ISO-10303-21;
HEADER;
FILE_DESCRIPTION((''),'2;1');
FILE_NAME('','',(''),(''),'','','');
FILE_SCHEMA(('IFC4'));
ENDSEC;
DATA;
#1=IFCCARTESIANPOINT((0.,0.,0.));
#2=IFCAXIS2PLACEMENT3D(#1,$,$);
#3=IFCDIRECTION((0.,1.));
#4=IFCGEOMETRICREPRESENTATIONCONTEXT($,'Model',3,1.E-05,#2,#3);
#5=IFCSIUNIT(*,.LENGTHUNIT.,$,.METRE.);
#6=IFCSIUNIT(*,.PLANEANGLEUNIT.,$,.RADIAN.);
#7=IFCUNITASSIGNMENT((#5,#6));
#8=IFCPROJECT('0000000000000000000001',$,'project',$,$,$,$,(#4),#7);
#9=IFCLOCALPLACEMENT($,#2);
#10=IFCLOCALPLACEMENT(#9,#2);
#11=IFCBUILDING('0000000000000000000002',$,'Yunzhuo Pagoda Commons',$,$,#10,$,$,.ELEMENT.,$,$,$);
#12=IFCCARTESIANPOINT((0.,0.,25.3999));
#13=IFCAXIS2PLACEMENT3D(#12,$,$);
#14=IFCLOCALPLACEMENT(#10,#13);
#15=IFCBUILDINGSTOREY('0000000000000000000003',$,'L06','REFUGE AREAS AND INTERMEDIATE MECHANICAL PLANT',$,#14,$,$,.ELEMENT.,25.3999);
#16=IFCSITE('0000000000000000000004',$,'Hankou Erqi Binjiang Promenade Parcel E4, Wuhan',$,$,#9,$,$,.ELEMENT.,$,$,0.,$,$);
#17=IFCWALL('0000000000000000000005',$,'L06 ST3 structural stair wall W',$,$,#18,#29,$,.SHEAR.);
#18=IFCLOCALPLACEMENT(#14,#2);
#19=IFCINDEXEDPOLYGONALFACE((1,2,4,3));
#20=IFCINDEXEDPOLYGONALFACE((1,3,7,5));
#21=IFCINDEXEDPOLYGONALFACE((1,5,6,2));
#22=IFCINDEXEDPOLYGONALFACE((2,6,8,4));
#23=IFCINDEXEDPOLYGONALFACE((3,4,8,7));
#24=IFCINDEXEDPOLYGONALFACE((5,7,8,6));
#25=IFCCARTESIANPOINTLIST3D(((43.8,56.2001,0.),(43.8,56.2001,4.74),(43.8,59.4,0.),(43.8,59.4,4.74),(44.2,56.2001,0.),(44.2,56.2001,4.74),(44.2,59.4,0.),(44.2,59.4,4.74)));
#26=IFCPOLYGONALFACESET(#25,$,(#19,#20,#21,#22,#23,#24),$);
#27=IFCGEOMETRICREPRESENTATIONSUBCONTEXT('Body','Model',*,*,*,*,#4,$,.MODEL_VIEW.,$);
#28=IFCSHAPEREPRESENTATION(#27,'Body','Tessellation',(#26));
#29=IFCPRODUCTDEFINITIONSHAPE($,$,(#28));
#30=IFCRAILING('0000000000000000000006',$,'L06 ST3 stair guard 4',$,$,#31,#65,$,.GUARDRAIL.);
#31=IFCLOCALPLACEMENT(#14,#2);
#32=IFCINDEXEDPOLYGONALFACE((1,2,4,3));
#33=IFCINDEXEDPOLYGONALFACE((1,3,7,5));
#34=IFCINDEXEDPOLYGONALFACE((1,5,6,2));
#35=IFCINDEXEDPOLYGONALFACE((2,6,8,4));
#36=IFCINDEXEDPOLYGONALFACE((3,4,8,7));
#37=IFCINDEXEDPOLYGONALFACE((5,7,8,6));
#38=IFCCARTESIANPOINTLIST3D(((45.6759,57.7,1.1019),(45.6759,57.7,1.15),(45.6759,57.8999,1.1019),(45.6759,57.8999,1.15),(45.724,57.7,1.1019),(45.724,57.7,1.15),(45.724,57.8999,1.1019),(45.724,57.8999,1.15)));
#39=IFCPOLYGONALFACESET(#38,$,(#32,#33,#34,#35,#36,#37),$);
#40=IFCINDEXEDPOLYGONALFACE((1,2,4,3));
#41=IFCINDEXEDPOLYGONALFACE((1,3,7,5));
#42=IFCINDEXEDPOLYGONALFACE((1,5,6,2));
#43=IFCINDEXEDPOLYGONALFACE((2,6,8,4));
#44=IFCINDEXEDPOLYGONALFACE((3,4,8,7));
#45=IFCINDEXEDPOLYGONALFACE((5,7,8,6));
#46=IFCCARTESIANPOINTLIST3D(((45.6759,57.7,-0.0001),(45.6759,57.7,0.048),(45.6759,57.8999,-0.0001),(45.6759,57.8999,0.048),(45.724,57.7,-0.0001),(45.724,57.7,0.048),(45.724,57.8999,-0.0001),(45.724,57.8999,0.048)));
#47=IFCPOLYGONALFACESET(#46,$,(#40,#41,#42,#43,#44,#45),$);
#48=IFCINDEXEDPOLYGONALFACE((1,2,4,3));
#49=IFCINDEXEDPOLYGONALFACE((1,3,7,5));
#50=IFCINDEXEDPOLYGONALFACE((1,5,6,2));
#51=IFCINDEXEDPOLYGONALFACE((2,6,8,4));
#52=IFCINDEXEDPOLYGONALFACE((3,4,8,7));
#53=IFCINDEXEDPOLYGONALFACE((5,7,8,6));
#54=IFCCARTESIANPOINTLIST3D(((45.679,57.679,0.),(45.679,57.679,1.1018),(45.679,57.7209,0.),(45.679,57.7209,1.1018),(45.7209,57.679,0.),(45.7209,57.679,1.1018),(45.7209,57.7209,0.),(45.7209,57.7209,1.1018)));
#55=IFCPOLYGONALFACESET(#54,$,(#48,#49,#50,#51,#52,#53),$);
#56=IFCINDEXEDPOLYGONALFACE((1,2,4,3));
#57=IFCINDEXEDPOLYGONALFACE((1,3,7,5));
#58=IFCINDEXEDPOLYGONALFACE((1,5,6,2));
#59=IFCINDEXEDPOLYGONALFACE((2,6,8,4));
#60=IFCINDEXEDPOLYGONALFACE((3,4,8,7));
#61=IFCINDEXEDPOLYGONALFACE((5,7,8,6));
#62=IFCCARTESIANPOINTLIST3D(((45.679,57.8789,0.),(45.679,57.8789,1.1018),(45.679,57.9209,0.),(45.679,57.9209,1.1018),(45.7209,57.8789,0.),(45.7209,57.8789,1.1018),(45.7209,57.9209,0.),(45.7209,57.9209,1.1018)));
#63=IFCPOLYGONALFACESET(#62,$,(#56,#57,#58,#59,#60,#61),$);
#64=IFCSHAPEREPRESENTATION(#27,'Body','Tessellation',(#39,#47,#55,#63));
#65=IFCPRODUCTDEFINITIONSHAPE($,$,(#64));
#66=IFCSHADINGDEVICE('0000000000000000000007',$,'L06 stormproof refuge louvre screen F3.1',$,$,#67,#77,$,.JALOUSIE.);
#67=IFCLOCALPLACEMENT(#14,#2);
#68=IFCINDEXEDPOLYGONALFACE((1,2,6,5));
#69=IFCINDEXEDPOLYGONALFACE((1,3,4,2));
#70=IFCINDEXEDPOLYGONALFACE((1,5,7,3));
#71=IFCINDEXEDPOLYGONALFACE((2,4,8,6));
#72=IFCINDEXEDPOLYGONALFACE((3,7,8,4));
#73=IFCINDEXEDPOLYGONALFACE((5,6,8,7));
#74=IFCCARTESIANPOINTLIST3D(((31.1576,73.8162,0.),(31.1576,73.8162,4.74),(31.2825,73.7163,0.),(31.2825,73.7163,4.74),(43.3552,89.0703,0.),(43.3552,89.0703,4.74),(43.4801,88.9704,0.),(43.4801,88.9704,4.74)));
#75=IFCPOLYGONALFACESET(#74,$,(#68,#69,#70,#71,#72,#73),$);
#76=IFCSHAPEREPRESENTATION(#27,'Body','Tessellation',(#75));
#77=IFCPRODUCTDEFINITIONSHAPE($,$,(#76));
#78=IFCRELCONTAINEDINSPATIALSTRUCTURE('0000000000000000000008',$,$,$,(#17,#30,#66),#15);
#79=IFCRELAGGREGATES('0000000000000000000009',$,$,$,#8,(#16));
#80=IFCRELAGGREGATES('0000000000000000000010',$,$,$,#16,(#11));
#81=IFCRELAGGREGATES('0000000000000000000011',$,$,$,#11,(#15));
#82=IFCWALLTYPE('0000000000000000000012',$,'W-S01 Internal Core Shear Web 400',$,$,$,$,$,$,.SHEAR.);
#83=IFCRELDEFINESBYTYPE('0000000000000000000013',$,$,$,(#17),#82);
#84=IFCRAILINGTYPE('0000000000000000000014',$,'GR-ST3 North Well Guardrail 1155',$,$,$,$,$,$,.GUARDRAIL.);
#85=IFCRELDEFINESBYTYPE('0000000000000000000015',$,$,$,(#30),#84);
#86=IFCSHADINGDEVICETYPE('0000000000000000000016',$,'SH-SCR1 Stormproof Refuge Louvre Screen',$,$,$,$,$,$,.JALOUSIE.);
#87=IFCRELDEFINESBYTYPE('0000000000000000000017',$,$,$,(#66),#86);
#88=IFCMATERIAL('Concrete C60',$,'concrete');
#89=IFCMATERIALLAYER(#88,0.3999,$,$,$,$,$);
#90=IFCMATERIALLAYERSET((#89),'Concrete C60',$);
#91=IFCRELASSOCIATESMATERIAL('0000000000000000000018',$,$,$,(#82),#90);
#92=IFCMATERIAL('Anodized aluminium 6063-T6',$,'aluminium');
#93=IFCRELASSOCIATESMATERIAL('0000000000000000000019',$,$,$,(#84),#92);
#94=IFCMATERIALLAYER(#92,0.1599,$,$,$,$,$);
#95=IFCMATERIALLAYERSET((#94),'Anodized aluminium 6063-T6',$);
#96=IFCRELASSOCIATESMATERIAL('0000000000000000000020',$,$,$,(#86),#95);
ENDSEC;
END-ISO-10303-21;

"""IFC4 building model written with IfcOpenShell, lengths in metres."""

from ifc_helpers import new_model, si_unit, direction, frame, frame_2d, origin, origin_2d, place, context, subcontext, project, spatial, rectangle, extrude, source, transform, mapped, material, layer, layer_set, type_object, element, save


model = new_model("IFC4")

# Units and contexts
model_context = context("Model", 3, precision=1e-05, world=origin(), true_north=direction((0.0, 1.0)))
body_context = subcontext(model_context, "Body", "Model", "MODEL_VIEW")
ifc_project = project(units=[si_unit("LENGTHUNIT", "METRE"), si_unit("PLANEANGLEUNIT", "RADIAN")], contexts=[model_context])

# Site, building, storey
site_placement = place(None, origin())
site = spatial("IfcSite", under=ifc_project, at=site_placement, Name="Hankou Erqi Binjiang Promenade Parcel E4, Wuhan", CompositionType="ELEMENT", RefElevation=0.0)
building_placement = place(site_placement, origin())
building = spatial("IfcBuilding", under=site, at=building_placement, Name="Yunzhuo Pagoda Commons", CompositionType="ELEMENT")
storey_placement = place(building_placement, frame((0.0, 0.0, 25.3999)))
storey = spatial("IfcBuildingStorey", under=building, at=storey_placement, Name="L06", Description="REFUGE AREAS AND INTERMEDIATE MECHANICAL PLANT", CompositionType="ELEMENT", Elevation=25.3999)

# Shared definitions
ifc_material_1 = material(Name="Concrete C60", Category="concrete")
ifc_layer_1 = layer(ifc_material_1, 0.3999)
ifc_layer_set_1 = layer_set([ifc_layer_1], Name="Concrete C60")
wall_type_1 = type_object("IfcWallType", Name="W-S01 Internal Core Shear Web 400", PredefinedType="SHEAR", material=ifc_layer_set_1)

# Wall
wall_1_placement = place(storey_placement, frame((44.0, 56.2, 0.0), z_axis=(0.0, 0.0, 1.0), x_axis=(0.0, 1.0, 0.0)))
element("IfcWall", 1, at=wall_1_placement, inside=storey, type_object=wall_type_1, Name="L06 ST3 structural stair wall W", PredefinedType="SHEAR", context=body_context, shape_type="SweptSolid", body=[
    extrude(rectangle(XDim=3.2, YDim=0.3999, at=frame_2d((1.6001, 0.0))), origin(), (0.0, 0.0, 1.0), 4.74),
])

# Railing
ifc_material_2 = material(Name="Anodized aluminium 6063-T6", Category="aluminium")
railing_type = type_object("IfcRailingType", Name="GR-ST3 North Well Guardrail 1155", PredefinedType="GUARDRAIL", material=ifc_material_2)
railing_placement = place(storey_placement, frame((45.7, 57.7, 0.0)))
element("IfcRailing", 2, at=railing_placement, inside=storey, type_object=railing_type, Name="L06 ST3 stair guard 4", PredefinedType="GUARDRAIL", context=body_context, shape_type="SweptSolid", body=[
    extrude(rectangle(XDim=0.0481, YDim=0.0481, at=origin_2d()), frame((0.0, 0.0, 1.126), z_axis=(0.0, 1.0, 0.0), x_axis=(-1.0, 0.0, 0.0)), (0.0, 0.0, 1.0), 0.2),
    extrude(rectangle(XDim=0.0481, YDim=0.0481, at=origin_2d()), frame((0.0, 0.0, 0.0239), z_axis=(0.0, 1.0, 0.0), x_axis=(-1.0, 0.0, 0.0)), (0.0, 0.0, 1.0), 0.2),
    extrude(rectangle(XDim=0.042, YDim=0.042, at=origin_2d()), origin(), (0.0, 0.0, 1.0), 1.1018),
    extrude(rectangle(XDim=0.042, YDim=0.042, at=origin_2d()), frame((0.0, 0.2, 0.0)), (0.0, 0.0, 1.0), 1.1018),
])

# Shading device
ifc_layer_2 = layer(ifc_material_2, 0.1599)
ifc_layer_set_2 = layer_set([ifc_layer_2], Name="Anodized aluminium 6063-T6")
shading_device_type = type_object("IfcShadingDeviceType", Name="SH-SCR1 Stormproof Refuge Louvre Screen", PredefinedType="JALOUSIE", material=ifc_layer_set_2)
shared_shape_1 = source(origin(), body_context, "Body", "SweptSolid", [
    extrude(rectangle(XDim=19.5312, YDim=0.1599, at=origin_2d()), origin(), (0.0, 0.0, 1.0), 4.74),
])
shading_device_placement = place(storey_placement, frame((37.3188, 81.3933, 0.0), z_axis=(0.0, 0.0, 1.0), x_axis=(-0.62452, -0.781008, 0.0)))
element("IfcShadingDevice", 3, at=shading_device_placement, inside=storey, type_object=shading_device_type, Name="L06 stormproof refuge louvre screen F3.1", PredefinedType="JALOUSIE", context=body_context, shape_type="MappedRepresentation", body=[
    mapped(shared_shape_1, transform((0.0, 0.0, 0.0), scale=1.0)),
])

save(model, "model.ifc")
